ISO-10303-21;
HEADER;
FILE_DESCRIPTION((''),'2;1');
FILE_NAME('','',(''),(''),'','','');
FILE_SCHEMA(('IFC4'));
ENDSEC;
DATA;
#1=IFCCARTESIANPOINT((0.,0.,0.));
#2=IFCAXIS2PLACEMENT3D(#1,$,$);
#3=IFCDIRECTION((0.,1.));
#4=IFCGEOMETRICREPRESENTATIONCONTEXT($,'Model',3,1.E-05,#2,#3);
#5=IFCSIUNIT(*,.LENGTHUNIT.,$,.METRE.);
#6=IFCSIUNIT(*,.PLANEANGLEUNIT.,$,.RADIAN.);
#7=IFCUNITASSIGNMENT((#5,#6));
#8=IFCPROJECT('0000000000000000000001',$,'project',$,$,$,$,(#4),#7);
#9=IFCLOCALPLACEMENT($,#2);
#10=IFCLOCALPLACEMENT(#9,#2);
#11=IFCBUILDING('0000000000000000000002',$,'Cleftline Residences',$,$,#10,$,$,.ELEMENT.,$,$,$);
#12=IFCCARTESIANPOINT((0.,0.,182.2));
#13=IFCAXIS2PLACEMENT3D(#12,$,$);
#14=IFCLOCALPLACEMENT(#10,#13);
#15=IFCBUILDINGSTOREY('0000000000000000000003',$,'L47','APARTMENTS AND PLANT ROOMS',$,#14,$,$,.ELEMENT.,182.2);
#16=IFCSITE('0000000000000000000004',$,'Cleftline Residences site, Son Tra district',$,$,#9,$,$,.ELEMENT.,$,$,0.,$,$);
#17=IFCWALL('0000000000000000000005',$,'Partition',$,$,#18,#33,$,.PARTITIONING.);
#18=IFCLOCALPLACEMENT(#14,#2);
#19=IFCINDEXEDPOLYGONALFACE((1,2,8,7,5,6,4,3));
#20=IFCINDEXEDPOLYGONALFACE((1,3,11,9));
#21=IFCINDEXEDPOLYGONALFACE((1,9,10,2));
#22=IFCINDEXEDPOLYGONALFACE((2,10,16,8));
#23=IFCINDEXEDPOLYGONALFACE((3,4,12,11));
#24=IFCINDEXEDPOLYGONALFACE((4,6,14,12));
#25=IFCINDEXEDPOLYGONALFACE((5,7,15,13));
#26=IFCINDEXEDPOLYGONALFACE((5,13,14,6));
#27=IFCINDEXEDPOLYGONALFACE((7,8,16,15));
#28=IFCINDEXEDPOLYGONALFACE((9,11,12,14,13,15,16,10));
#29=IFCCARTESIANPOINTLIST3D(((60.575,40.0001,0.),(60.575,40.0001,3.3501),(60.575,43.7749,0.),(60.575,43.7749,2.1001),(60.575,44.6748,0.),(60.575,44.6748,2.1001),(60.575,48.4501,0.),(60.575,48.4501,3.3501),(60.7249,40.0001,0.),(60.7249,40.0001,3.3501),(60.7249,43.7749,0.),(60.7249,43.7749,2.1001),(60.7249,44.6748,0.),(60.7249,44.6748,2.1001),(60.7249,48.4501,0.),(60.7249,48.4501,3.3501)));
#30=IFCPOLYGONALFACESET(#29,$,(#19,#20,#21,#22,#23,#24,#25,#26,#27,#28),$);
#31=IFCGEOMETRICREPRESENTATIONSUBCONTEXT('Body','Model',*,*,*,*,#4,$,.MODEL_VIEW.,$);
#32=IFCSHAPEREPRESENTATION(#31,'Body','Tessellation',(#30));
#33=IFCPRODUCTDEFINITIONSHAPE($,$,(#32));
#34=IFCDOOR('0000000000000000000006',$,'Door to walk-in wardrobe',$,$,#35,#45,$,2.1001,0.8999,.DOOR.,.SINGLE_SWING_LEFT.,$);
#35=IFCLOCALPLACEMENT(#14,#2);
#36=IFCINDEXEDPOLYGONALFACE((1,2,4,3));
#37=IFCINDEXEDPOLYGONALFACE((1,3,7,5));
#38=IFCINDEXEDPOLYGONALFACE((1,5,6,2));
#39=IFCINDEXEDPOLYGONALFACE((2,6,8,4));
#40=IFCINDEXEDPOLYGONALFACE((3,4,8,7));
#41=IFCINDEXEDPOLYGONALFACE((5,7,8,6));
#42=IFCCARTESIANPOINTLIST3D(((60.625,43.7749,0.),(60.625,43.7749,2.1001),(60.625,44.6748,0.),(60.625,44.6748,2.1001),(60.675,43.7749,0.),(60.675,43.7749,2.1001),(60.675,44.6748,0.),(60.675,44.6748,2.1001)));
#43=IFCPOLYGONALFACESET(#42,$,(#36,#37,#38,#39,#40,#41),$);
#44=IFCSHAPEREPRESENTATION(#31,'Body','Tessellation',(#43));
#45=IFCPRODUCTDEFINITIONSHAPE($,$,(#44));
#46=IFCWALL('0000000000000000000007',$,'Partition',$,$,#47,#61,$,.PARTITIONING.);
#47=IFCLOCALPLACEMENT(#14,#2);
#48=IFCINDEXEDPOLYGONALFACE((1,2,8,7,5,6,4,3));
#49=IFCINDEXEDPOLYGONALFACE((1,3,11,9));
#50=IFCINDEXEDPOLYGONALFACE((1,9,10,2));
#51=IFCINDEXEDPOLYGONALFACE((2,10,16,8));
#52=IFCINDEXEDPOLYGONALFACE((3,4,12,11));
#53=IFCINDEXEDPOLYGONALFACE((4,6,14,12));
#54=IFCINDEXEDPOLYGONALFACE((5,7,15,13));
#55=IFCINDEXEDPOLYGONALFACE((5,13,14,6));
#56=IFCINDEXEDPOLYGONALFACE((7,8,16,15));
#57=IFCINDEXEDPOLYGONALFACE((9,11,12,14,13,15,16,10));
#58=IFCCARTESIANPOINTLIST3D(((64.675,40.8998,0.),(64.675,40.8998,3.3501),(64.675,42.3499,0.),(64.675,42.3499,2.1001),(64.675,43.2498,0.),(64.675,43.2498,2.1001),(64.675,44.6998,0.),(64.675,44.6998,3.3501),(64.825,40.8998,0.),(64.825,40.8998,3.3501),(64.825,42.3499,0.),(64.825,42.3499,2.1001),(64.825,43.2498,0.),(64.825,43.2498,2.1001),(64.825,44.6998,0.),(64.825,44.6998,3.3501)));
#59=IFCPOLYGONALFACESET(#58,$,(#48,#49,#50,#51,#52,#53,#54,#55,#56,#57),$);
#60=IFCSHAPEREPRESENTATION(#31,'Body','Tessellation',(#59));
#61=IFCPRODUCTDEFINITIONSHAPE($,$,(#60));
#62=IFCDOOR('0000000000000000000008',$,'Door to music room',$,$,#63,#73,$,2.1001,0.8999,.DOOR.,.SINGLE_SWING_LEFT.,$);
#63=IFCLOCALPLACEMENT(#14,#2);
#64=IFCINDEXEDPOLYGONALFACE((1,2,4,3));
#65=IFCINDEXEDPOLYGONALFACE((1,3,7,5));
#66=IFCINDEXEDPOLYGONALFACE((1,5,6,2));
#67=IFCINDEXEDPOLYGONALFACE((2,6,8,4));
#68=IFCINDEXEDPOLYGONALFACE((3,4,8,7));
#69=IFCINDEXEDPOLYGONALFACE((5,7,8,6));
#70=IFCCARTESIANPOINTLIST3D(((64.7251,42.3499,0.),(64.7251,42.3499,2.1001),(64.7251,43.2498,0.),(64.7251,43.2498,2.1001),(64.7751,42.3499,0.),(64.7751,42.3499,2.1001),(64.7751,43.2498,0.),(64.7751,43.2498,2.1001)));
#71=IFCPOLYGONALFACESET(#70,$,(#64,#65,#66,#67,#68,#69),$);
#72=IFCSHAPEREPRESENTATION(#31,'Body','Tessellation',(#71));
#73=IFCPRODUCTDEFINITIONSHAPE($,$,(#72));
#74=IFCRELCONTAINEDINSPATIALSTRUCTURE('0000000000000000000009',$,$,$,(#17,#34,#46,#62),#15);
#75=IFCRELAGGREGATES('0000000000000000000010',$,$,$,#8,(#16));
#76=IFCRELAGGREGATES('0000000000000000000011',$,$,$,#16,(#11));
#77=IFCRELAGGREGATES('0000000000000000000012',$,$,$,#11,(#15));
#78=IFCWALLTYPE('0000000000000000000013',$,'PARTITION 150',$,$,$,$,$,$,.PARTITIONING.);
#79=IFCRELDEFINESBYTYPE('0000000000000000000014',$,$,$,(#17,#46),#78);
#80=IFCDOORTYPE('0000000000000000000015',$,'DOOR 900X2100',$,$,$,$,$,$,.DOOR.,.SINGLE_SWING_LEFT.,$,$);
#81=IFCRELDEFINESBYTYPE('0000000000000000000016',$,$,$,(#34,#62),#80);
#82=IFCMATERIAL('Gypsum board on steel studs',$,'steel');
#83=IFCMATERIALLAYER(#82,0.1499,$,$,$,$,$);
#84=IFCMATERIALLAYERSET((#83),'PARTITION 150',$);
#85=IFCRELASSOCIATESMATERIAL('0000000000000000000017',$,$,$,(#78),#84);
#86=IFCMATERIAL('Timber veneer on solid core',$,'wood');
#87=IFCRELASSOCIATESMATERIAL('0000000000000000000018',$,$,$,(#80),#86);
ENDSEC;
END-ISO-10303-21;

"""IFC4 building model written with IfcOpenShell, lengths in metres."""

from ifc_helpers import new_model, si_unit, direction, frame, frame_2d, origin, place, context, subcontext, project, spatial, rectangle, extrude, material, layer, layer_set, type_object, element, fill, save


model = new_model("IFC4")

# Units and contexts
model_context = context("Model", 3, precision=1e-05, world=origin(), true_north=direction((0.0, 1.0)))
body_context = subcontext(model_context, "Body", "Model", "MODEL_VIEW")
ifc_project = project(units=[si_unit("LENGTHUNIT", "METRE"), si_unit("PLANEANGLEUNIT", "RADIAN")], contexts=[model_context])

# Site, building, storey
site_placement = place(None, origin())
site = spatial("IfcSite", under=ifc_project, at=site_placement, Name="Cleftline Residences site, Son Tra district", CompositionType="ELEMENT", RefElevation=0.0)
building_placement = place(site_placement, origin())
building = spatial("IfcBuilding", under=site, at=building_placement, Name="Cleftline Residences", CompositionType="ELEMENT")
storey_placement = place(building_placement, frame((0.0, 0.0, 182.2)))
storey = spatial("IfcBuildingStorey", under=building, at=storey_placement, Name="L47", Description="APARTMENTS AND PLANT ROOMS", CompositionType="ELEMENT", Elevation=182.2)

# Walls, openings, doors
ifc_material_1 = material(Name="Gypsum board on steel studs", Category="steel")
ifc_layer_1 = layer(ifc_material_1, 0.1499)
ifc_layer_set_1 = layer_set([ifc_layer_1], Name="PARTITION 150")
wall_type_1 = type_object("IfcWallType", Name="PARTITION 150", PredefinedType="PARTITIONING", material=ifc_layer_set_1)
wall_1_placement = place(storey_placement, frame((60.6499, 40.0, 0.0), z_axis=(0.0, 0.0, 1.0), x_axis=(0.0, 1.0, 0.0)))
wall_1 = element("IfcWall", 1, at=wall_1_placement, inside=storey, type_object=wall_type_1, Name="Partition", PredefinedType="PARTITIONING", context=body_context, shape_type="SweptSolid", body=[
    extrude(rectangle(XDim=8.45, YDim=0.1499, at=frame_2d((4.2251, 0.0))), origin(), (0.0, 0.0, 1.0), 3.3501),
])
opening_1_placement = place(wall_1_placement, frame((3.7749, 0.0, 0.0)))
opening_1 = element("IfcOpeningElement", 2, at=opening_1_placement, cuts=wall_1, PredefinedType="OPENING", context=body_context, shape_type="SweptSolid", body=[
    extrude(rectangle(XDim=0.8999, YDim=2.1001, at=frame_2d((0.45, 1.05))), frame((0.0, 0.085, 0.0), z_axis=(0.0, -1.0, 0.0), x_axis=(1.0, 0.0, 0.0)), (0.0, 0.0, 1.0), 0.1699),
])
ifc_material_2 = material(Name="Timber veneer on solid core", Category="wood")
door_type = type_object("IfcDoorType", Name="DOOR 900X2100", OperationType="SINGLE_SWING_LEFT", PredefinedType="DOOR", material=ifc_material_2)
door_1_placement = place(opening_1_placement, origin())
door_1 = element("IfcDoor", 3, at=door_1_placement, inside=storey, type_object=door_type, Name="Door to walk-in wardrobe", OperationType="SINGLE_SWING_LEFT", OverallHeight=2.1001, OverallWidth=0.8999, PredefinedType="DOOR", context=body_context, shape_type="SweptSolid", body=[
    extrude(rectangle(XDim=0.8999, YDim=2.1001, at=frame_2d((0.45, 1.05))), frame((0.0, 0.0249, 0.0), z_axis=(0.0, -1.0, 0.0), x_axis=(1.0, 0.0, 0.0)), (0.0, 0.0, 1.0), 0.05),
])
fill(opening_1, door_1)
wall_2_placement = place(storey_placement, frame((64.75, 40.8999, 0.0), z_axis=(0.0, 0.0, 1.0), x_axis=(0.0, 1.0, 0.0)))
wall_2 = element("IfcWall", 4, at=wall_2_placement, inside=storey, type_object=wall_type_1, Name="Partition", PredefinedType="PARTITIONING", context=body_context, shape_type="SweptSolid", body=[
    extrude(rectangle(XDim=3.8, YDim=0.1499, at=frame_2d((1.8999, 0.0))), origin(), (0.0, 0.0, 1.0), 3.3501),
])
opening_2_placement = place(wall_2_placement, frame((1.45, 0.0, 0.0)))
opening_2 = element("IfcOpeningElement", 5, at=opening_2_placement, cuts=wall_2, PredefinedType="OPENING", context=body_context, shape_type="SweptSolid", body=[
    extrude(rectangle(XDim=0.8999, YDim=2.1001, at=frame_2d((0.45, 1.05))), frame((0.0, 0.085, 0.0), z_axis=(0.0, -1.0, 0.0), x_axis=(1.0, 0.0, 0.0)), (0.0, 0.0, 1.0), 0.1699),
])
door_2_placement = place(opening_2_placement, origin())
door_2 = element("IfcDoor", 6, at=door_2_placement, inside=storey, type_object=door_type, Name="Door to music room", OperationType="SINGLE_SWING_LEFT", OverallHeight=2.1001, OverallWidth=0.8999, PredefinedType="DOOR", context=body_context, shape_type="SweptSolid", body=[
    extrude(rectangle(XDim=0.8999, YDim=2.1001, at=frame_2d((0.45, 1.05))), frame((0.0, 0.0249, 0.0), z_axis=(0.0, -1.0, 0.0), x_axis=(1.0, 0.0, 0.0)), (0.0, 0.0, 1.0), 0.05),
])
fill(opening_2, door_2)

save(model, "model.ifc")
